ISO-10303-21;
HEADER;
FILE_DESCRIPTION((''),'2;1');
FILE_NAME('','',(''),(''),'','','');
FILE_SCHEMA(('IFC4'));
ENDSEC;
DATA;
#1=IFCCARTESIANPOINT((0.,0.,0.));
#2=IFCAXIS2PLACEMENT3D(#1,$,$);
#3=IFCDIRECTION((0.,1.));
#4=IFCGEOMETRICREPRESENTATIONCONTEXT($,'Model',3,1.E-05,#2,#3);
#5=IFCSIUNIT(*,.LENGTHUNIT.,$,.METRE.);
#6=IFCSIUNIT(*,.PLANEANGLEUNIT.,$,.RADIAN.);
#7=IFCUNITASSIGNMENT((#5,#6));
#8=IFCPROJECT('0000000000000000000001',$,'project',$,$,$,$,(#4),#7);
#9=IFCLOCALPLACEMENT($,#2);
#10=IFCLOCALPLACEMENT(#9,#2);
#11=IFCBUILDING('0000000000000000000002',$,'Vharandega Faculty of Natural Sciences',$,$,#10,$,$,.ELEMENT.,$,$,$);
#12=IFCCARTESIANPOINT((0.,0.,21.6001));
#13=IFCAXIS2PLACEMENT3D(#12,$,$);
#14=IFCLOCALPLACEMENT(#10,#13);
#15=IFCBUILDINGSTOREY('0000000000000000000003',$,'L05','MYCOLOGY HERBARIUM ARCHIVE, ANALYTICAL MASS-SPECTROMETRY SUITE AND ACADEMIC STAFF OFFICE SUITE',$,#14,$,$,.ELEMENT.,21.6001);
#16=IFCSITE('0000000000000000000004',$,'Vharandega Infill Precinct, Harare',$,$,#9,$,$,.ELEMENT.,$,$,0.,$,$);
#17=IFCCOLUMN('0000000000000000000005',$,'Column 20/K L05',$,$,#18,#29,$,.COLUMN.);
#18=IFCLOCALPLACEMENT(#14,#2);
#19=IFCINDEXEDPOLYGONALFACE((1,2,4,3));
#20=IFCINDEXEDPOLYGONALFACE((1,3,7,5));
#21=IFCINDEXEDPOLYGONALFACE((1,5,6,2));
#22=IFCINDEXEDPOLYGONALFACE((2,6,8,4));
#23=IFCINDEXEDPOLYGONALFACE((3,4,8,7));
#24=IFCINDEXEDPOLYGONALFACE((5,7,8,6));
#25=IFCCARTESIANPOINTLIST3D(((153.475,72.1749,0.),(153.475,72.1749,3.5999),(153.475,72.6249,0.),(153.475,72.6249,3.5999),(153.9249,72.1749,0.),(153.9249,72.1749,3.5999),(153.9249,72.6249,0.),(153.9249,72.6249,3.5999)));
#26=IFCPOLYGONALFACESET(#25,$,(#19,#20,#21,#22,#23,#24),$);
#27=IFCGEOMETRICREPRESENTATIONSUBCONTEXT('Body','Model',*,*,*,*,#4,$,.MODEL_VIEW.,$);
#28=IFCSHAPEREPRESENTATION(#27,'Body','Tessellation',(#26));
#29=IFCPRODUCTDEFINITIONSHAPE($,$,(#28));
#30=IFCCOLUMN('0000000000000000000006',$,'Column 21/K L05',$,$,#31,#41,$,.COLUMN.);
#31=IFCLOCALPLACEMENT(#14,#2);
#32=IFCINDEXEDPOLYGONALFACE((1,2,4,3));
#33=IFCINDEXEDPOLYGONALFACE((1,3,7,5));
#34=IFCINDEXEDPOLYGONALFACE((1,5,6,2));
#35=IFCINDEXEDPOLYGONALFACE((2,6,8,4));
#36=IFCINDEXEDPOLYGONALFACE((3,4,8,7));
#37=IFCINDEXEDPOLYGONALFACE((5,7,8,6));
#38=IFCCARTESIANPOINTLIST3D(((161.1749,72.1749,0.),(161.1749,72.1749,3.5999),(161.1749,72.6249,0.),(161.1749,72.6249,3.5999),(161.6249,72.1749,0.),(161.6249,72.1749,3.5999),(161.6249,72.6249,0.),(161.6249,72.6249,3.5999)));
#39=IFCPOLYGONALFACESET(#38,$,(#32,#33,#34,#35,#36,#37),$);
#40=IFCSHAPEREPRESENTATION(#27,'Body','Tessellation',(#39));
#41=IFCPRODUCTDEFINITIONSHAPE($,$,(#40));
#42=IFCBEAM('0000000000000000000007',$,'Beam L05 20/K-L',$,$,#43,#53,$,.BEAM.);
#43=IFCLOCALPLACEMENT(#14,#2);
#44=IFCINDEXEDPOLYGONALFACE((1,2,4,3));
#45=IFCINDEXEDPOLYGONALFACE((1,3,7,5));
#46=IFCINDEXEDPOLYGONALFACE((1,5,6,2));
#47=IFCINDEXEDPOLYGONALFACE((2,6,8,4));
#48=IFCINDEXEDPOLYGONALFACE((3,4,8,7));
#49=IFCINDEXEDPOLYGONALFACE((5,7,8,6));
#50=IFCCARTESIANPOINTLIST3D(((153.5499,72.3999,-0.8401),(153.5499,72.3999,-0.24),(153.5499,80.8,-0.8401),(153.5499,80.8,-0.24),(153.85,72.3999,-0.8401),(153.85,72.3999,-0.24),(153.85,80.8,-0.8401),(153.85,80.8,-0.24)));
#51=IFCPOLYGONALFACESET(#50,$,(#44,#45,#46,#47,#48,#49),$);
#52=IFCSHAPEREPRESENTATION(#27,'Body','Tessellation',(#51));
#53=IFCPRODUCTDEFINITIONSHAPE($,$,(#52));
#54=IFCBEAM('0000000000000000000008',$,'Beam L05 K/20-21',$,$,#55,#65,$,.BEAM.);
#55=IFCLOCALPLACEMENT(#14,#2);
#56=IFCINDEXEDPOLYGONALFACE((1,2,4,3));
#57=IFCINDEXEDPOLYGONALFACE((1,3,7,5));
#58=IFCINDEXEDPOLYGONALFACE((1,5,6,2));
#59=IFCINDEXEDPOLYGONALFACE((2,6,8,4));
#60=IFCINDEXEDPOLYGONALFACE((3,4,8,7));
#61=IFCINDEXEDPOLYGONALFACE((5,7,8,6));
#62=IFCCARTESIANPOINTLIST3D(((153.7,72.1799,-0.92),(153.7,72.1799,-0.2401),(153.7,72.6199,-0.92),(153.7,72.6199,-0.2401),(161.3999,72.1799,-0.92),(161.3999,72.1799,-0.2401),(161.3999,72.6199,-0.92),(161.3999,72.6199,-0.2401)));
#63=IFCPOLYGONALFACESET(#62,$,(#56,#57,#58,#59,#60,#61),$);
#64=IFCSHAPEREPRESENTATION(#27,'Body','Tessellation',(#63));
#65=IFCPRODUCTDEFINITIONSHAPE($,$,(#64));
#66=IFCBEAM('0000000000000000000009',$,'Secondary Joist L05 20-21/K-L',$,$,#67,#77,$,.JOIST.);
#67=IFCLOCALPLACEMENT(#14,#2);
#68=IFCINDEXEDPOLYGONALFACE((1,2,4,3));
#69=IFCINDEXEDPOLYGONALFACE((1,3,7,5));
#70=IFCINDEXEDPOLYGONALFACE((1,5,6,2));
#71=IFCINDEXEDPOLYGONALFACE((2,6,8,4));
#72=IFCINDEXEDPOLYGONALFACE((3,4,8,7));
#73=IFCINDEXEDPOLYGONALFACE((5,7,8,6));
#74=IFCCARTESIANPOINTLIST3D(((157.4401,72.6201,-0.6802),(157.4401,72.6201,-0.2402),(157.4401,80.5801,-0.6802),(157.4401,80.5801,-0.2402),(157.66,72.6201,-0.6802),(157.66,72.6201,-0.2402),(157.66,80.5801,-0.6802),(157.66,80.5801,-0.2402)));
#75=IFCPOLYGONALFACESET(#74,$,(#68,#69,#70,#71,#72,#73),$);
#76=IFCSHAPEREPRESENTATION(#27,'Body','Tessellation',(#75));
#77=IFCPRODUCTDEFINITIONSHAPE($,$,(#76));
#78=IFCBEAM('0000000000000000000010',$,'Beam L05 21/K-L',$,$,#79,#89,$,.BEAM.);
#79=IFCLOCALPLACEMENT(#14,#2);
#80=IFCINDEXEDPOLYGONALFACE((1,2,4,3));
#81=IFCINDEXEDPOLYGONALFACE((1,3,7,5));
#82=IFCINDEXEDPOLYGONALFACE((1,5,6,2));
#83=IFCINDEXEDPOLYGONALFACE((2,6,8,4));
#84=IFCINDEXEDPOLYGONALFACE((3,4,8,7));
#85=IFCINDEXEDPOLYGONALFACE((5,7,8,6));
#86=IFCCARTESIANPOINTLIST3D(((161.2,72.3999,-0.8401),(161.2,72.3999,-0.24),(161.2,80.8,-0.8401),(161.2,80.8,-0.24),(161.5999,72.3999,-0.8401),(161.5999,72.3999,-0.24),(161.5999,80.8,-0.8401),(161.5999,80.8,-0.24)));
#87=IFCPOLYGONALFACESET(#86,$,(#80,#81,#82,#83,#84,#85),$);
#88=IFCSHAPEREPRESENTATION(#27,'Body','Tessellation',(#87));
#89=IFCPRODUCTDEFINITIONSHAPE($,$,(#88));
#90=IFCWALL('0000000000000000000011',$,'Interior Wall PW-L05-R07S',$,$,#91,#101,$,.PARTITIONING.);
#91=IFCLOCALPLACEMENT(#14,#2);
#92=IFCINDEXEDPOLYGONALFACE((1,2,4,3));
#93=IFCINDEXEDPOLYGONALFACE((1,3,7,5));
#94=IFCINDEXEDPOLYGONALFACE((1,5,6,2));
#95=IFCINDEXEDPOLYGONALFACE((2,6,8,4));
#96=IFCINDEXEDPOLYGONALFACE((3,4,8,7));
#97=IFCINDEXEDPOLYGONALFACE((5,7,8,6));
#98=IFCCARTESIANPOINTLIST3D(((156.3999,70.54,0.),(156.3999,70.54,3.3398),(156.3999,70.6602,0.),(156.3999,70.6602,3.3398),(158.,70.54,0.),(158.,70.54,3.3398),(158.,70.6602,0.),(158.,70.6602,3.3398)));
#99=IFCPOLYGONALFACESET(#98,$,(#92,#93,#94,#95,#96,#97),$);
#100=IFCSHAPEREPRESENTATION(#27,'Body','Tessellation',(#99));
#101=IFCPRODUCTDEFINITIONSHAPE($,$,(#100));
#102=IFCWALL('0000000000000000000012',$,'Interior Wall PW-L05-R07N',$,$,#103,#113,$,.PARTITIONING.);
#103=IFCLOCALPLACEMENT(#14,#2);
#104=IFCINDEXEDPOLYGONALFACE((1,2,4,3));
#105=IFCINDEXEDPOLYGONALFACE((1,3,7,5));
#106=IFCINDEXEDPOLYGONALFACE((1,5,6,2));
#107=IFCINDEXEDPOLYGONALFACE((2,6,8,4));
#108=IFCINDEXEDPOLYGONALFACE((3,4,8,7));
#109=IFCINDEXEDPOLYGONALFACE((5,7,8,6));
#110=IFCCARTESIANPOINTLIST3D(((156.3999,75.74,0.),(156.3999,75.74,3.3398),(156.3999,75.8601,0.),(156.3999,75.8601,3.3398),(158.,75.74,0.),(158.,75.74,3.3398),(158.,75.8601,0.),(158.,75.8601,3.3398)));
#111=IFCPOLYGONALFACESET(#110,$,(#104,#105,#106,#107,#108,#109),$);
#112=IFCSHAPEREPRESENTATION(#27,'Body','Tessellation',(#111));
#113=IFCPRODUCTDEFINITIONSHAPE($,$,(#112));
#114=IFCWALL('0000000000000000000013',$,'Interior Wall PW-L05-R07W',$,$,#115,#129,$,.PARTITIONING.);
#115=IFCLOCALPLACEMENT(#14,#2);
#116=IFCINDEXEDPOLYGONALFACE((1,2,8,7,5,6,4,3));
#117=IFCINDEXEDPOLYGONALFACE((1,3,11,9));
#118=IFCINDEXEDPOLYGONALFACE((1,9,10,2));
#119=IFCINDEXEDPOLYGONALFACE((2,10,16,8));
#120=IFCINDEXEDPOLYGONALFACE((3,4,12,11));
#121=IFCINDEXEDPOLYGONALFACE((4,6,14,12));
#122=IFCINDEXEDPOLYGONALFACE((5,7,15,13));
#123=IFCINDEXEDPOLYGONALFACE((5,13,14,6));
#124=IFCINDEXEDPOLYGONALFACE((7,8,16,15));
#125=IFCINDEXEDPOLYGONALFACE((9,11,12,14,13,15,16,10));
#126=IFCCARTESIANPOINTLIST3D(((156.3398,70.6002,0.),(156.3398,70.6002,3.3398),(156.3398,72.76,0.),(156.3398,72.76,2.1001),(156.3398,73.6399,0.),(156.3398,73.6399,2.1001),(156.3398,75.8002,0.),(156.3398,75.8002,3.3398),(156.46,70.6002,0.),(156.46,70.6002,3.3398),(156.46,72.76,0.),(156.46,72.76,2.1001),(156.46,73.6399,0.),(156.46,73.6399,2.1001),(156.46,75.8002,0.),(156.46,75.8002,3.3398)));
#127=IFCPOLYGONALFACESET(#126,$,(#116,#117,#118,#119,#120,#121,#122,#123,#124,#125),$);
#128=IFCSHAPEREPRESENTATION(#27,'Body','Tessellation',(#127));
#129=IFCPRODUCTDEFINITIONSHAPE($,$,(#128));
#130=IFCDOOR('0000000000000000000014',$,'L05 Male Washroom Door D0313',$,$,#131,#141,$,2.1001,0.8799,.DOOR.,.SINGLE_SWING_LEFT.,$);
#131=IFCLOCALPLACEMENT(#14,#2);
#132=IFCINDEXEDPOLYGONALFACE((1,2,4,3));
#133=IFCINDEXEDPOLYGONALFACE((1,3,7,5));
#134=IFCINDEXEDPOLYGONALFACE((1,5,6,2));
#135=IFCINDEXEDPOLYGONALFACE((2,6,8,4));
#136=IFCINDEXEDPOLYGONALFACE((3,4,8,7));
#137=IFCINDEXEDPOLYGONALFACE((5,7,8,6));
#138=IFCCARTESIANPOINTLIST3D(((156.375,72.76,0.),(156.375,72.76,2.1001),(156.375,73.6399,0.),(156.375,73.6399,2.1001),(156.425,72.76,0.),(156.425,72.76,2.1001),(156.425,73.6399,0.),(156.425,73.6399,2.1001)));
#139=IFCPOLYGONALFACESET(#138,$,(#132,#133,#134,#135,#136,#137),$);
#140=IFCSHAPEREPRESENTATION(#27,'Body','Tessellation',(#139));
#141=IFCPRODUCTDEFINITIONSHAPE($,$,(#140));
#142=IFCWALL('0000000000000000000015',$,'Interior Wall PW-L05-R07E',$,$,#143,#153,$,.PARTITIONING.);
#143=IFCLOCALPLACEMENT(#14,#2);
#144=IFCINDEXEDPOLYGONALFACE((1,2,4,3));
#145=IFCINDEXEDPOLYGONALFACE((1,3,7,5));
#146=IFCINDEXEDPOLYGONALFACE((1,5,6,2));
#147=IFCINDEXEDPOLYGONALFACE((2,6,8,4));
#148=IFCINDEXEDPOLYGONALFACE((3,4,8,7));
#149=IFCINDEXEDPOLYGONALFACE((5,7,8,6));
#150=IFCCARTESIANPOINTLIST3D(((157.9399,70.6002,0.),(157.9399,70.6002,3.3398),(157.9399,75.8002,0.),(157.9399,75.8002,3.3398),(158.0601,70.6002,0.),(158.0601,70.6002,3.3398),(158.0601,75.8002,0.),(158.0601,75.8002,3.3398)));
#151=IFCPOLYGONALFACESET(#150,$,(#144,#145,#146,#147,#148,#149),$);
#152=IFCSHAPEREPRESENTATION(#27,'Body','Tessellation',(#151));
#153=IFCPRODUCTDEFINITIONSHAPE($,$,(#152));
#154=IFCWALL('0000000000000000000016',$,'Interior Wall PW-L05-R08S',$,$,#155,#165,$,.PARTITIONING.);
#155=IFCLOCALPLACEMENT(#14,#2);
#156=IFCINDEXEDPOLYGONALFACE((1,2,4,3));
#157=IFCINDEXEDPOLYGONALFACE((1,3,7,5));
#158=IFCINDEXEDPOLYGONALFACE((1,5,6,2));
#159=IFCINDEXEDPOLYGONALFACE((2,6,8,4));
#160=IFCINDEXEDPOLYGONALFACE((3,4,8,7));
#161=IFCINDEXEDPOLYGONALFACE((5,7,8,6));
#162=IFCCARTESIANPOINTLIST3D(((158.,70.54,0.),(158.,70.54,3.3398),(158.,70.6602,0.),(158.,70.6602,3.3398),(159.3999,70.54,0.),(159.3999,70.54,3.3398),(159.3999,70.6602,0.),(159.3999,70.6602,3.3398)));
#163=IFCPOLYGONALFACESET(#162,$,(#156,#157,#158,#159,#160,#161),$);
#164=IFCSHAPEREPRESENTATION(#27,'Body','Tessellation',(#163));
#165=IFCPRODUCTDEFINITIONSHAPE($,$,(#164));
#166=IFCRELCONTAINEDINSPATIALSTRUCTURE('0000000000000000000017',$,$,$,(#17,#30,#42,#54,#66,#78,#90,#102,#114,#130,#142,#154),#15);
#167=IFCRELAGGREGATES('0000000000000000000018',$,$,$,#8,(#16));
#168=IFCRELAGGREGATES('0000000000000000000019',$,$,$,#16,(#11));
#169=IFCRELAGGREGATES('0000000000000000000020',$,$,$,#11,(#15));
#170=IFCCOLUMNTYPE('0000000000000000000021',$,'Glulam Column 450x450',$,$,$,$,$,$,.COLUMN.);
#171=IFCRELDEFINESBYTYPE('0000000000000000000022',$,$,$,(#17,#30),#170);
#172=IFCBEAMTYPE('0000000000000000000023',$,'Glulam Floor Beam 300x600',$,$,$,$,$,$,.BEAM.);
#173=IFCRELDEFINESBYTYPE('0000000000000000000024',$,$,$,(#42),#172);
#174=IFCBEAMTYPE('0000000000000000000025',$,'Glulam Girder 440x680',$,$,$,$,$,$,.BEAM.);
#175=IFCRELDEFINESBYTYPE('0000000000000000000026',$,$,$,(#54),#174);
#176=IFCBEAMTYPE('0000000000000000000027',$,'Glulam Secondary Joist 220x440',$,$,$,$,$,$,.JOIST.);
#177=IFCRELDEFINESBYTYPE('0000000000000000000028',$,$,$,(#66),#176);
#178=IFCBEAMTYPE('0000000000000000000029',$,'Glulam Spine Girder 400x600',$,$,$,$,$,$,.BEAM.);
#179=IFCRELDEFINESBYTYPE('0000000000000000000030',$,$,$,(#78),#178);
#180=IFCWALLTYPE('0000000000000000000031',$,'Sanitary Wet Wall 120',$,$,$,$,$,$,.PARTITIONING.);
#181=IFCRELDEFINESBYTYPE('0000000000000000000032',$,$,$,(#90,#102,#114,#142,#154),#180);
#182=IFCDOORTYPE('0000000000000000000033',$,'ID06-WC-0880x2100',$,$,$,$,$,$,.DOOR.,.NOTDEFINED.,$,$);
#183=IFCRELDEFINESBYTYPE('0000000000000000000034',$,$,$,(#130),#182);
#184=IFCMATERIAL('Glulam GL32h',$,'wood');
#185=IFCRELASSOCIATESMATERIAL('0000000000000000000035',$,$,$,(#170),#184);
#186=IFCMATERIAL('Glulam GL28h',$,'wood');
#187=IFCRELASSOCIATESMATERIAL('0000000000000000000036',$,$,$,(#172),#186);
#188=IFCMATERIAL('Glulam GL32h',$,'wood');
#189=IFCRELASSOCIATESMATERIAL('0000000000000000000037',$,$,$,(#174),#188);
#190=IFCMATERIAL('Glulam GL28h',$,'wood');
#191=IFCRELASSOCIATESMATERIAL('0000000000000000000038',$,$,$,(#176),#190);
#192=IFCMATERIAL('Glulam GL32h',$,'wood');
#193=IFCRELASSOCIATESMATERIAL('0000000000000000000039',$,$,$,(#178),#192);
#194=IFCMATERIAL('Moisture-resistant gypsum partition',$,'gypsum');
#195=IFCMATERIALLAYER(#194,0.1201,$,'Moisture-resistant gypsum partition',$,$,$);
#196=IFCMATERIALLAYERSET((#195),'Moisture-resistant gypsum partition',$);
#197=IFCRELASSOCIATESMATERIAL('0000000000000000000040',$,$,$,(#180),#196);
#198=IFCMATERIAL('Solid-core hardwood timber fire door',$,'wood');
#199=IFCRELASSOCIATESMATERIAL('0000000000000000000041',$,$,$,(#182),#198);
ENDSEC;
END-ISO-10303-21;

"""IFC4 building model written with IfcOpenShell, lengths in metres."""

from ifc_helpers import new_model, si_unit, direction, frame, frame_2d, origin, origin_2d, place, context, subcontext, project, spatial, rectangle, extrude, material, layer, layer_set, material_profile, profile_set, type_object, element, fill, save


model = new_model("IFC4")

# Units and contexts
model_context = context("Model", 3, precision=1e-05, world=origin(), true_north=direction((0.0, 1.0)))
body_context = subcontext(model_context, "Body", "Model", "MODEL_VIEW")
ifc_project = project(units=[si_unit("LENGTHUNIT", "METRE"), si_unit("PLANEANGLEUNIT", "RADIAN")], contexts=[model_context])

# Site, building, storey
site_placement = place(None, origin())
site = spatial("IfcSite", under=ifc_project, at=site_placement, Name="Vharandega Infill Precinct, Harare", CompositionType="ELEMENT", RefElevation=0.0)
building_placement = place(site_placement, origin())
building = spatial("IfcBuilding", under=site, at=building_placement, Name="Vharandega Faculty of Natural Sciences", CompositionType="ELEMENT")
storey_placement = place(building_placement, frame((0.0, 0.0, 21.6001)))
storey = spatial("IfcBuildingStorey", under=building, at=storey_placement, Name="L05", Description="MYCOLOGY HERBARIUM ARCHIVE, ANALYTICAL MASS-SPECTROMETRY SUITE AND ACADEMIC STAFF OFFICE SUITE", CompositionType="ELEMENT", Elevation=21.6001)

# Columns
ifc_material_1 = material(Name="Glulam GL32h", Category="wood")
ifc_material_profile_1 = material_profile(ifc_material_1, rectangle(XDim=0.45, YDim=0.45, at=origin_2d()), Name="GL32h 450x450")
ifc_profile_set_1 = profile_set([ifc_material_profile_1], Name="Glulam GL32h")
column_type = type_object("IfcColumnType", Name="Glulam Column 450x450", PredefinedType="COLUMN", material=ifc_profile_set_1)
for number, where, z_axis, x_axis, name in (
    (1, (153.7, 72.3999, 0.0), (0.0, 0.0, 1.0), (1.0, 0.0, 0.0), "Column 20/K L05"),
    (2, (161.3999, 72.3999, 0.0), (0.0, 0.0, 1.0), (1.0, 0.0, 0.0), "Column 21/K L05"),
):
    element("IfcColumn", number, at=place(storey_placement, frame(where, z_axis=z_axis, x_axis=x_axis)), inside=storey, type_object=column_type, Name=name, PredefinedType="COLUMN", context=body_context, shape_type="SweptSolid", body=[
        extrude(rectangle(XDim=0.45, YDim=0.45, at=origin_2d()), origin(), (0.0, 0.0, 1.0), 3.5999),
    ])

# Beams
ifc_material_2 = material(Name="Glulam GL28h", Category="wood")
ifc_material_profile_2 = material_profile(ifc_material_2, rectangle(XDim=0.3, YDim=0.6001, at=origin_2d()), Name="GL28h 300x600")
ifc_profile_set_2 = profile_set([ifc_material_profile_2], Name="Glulam GL28h")
beam_type_1 = type_object("IfcBeamType", Name="Glulam Floor Beam 300x600", PredefinedType="BEAM", material=ifc_profile_set_2)
beam_1_placement = place(storey_placement, frame((153.7, 72.3999, -0.54), z_axis=(0.0, 1.0, 0.0), x_axis=(-1.0, 0.0, 0.0)))
element("IfcBeam", 3, at=beam_1_placement, inside=storey, type_object=beam_type_1, Name="Beam L05 20/K-L", PredefinedType="BEAM", context=body_context, shape_type="SweptSolid", body=[
    extrude(rectangle(XDim=0.3, YDim=0.6001, at=origin_2d()), origin(), (0.0, 0.0, 1.0), 8.4001),
])
ifc_material_3 = material(Name="Glulam GL32h", Category="wood")
ifc_material_profile_3 = material_profile(ifc_material_3, rectangle(XDim=0.4399, YDim=0.6799, at=origin_2d()), Name="GL32h 440x680")
ifc_profile_set_3 = profile_set([ifc_material_profile_3], Name="Glulam GL32h")
beam_type_2 = type_object("IfcBeamType", Name="Glulam Girder 440x680", PredefinedType="BEAM", material=ifc_profile_set_3)
beam_2_placement = place(storey_placement, frame((153.7, 72.3999, -0.5801), z_axis=(1.0, 0.0, 0.0), x_axis=(0.0, 1.0, 0.0)))
element("IfcBeam", 4, at=beam_2_placement, inside=storey, type_object=beam_type_2, Name="Beam L05 K/20-21", PredefinedType="BEAM", context=body_context, shape_type="SweptSolid", body=[
    extrude(rectangle(XDim=0.4399, YDim=0.6799, at=origin_2d()), origin(), (0.0, 0.0, 1.0), 7.7),
])
ifc_material_4 = material(Name="Glulam GL28h", Category="wood")
ifc_material_profile_4 = material_profile(ifc_material_4, rectangle(XDim=0.22, YDim=0.4399, at=origin_2d()), Name="GL28h 220x440")
ifc_profile_set_4 = profile_set([ifc_material_profile_4], Name="Glulam GL28h")
beam_type_3 = type_object("IfcBeamType", Name="Glulam Secondary Joist 220x440", PredefinedType="JOIST", material=ifc_profile_set_4)
beam_3_placement = place(storey_placement, frame((157.55, 72.6201, -0.4602), z_axis=(0.0, 1.0, 0.0), x_axis=(-1.0, 0.0, 0.0)))
element("IfcBeam", 5, at=beam_3_placement, inside=storey, type_object=beam_type_3, Name="Secondary Joist L05 20-21/K-L", PredefinedType="JOIST", context=body_context, shape_type="SweptSolid", body=[
    extrude(rectangle(XDim=0.22, YDim=0.4399, at=origin_2d()), origin(), (0.0, 0.0, 1.0), 7.96),
])
ifc_material_5 = material(Name="Glulam GL32h", Category="wood")
ifc_material_profile_5 = material_profile(ifc_material_5, rectangle(XDim=0.3999, YDim=0.6001, at=origin_2d()), Name="GL32h 400x600")
ifc_profile_set_5 = profile_set([ifc_material_profile_5], Name="Glulam GL32h")
beam_type_4 = type_object("IfcBeamType", Name="Glulam Spine Girder 400x600", PredefinedType="BEAM", material=ifc_profile_set_5)
beam_4_placement = place(storey_placement, frame((161.3999, 72.3999, -0.54), z_axis=(0.0, 1.0, 0.0), x_axis=(-1.0, 0.0, 0.0)))
element("IfcBeam", 6, at=beam_4_placement, inside=storey, type_object=beam_type_4, Name="Beam L05 21/K-L", PredefinedType="BEAM", context=body_context, shape_type="SweptSolid", body=[
    extrude(rectangle(XDim=0.3999, YDim=0.6001, at=origin_2d()), origin(), (0.0, 0.0, 1.0), 8.4001),
])

# Walls
ifc_material_6 = material(Name="Moisture-resistant gypsum partition", Category="gypsum")
ifc_layer = layer(ifc_material_6, 0.1201, Name="Moisture-resistant gypsum partition")
ifc_layer_set = layer_set([ifc_layer], Name="Moisture-resistant gypsum partition")
wall_type = type_object("IfcWallType", Name="Sanitary Wet Wall 120", PredefinedType="PARTITIONING", material=ifc_layer_set)
for number, where, z_axis, x_axis, name in (
    (7, (156.3999, 70.6001, 0.0), (0.0, 0.0, 1.0), (1.0, 0.0, 0.0), "Interior Wall PW-L05-R07S"),
    (8, (156.3999, 75.8, 0.0), (0.0, 0.0, 1.0), (1.0, 0.0, 0.0), "Interior Wall PW-L05-R07N"),
):
    element("IfcWall", number, at=place(storey_placement, frame(where, z_axis=z_axis, x_axis=x_axis)), inside=storey, type_object=wall_type, Name=name, PredefinedType="PARTITIONING", context=body_context, shape_type="SweptSolid", body=[
        extrude(rectangle(XDim=1.6001, YDim=0.1201, at=frame_2d((0.8, 0.0))), origin(), (0.0, 0.0, 1.0), 3.3398),
    ])

# Wall, opening, door
wall_1_placement = place(storey_placement, frame((156.3999, 70.6001, 0.0), z_axis=(0.0, 0.0, 1.0), x_axis=(0.0, 1.0, 0.0)))
wall_1 = element("IfcWall", 9, at=wall_1_placement, inside=storey, type_object=wall_type, Name="Interior Wall PW-L05-R07W", PredefinedType="PARTITIONING", context=body_context, shape_type="SweptSolid", body=[
    extrude(rectangle(XDim=5.2, YDim=0.1201, at=frame_2d((2.6001, 0.0))), origin(), (0.0, 0.0, 1.0), 3.3398),
])
opening_1_placement = place(wall_1_placement, frame((2.1599, 0.0, 0.0)))
opening_1 = element("IfcOpeningElement", 10, at=opening_1_placement, cuts=wall_1, PredefinedType="OPENING", context=body_context, shape_type="SweptSolid", body=[
    extrude(rectangle(XDim=0.8799, YDim=2.1001, at=frame_2d((0.4399, 1.05))), frame((0.0, 0.0701, 0.0), z_axis=(0.0, -1.0, 0.0), x_axis=(1.0, 0.0, 0.0)), (0.0, 0.0, 1.0), 0.1401),
])
ifc_material_7 = material(Name="Solid-core hardwood timber fire door", Category="wood")
door_type_1 = type_object("IfcDoorType", Name="ID06-WC-0880x2100", OperationType="NOTDEFINED", PredefinedType="DOOR", material=ifc_material_7)
door_1_placement = place(opening_1_placement, origin())
door_1 = element("IfcDoor", 11, at=door_1_placement, inside=storey, type_object=door_type_1, Name="L05 Male Washroom Door D0313", OperationType="SINGLE_SWING_LEFT", OverallHeight=2.1001, OverallWidth=0.8799, PredefinedType="DOOR", context=body_context, shape_type="SweptSolid", body=[
    extrude(rectangle(XDim=0.8799, YDim=2.1001, at=frame_2d((0.4399, 1.05))), frame((0.0, 0.0249, 0.0), z_axis=(0.0, -1.0, 0.0), x_axis=(1.0, 0.0, 0.0)), (0.0, 0.0, 1.0), 0.05),
])
fill(opening_1, door_1)

# Walls
wall_2_placement = place(storey_placement, frame((158.0, 70.6001, 0.0), z_axis=(0.0, 0.0, 1.0), x_axis=(0.0, 1.0, 0.0)))
element("IfcWall", 12, at=wall_2_placement, inside=storey, type_object=wall_type, Name="Interior Wall PW-L05-R07E", PredefinedType="PARTITIONING", context=body_context, shape_type="SweptSolid", body=[
    extrude(rectangle(XDim=5.2, YDim=0.1201, at=frame_2d((2.6001, 0.0))), origin(), (0.0, 0.0, 1.0), 3.3398),
])
wall_3_placement = place(storey_placement, frame((158.0, 70.6001, 0.0), z_axis=(0.0, 0.0, 1.0), x_axis=(1.0, 0.0, 0.0)))
element("IfcWall", 13, at=wall_3_placement, inside=storey, type_object=wall_type, Name="Interior Wall PW-L05-R08S", PredefinedType="PARTITIONING", context=body_context, shape_type="SweptSolid", body=[
    extrude(rectangle(XDim=1.3999, YDim=0.1201, at=frame_2d((0.7, 0.0))), origin(), (0.0, 0.0, 1.0), 3.3398),
])

save(model, "model.ifc")
